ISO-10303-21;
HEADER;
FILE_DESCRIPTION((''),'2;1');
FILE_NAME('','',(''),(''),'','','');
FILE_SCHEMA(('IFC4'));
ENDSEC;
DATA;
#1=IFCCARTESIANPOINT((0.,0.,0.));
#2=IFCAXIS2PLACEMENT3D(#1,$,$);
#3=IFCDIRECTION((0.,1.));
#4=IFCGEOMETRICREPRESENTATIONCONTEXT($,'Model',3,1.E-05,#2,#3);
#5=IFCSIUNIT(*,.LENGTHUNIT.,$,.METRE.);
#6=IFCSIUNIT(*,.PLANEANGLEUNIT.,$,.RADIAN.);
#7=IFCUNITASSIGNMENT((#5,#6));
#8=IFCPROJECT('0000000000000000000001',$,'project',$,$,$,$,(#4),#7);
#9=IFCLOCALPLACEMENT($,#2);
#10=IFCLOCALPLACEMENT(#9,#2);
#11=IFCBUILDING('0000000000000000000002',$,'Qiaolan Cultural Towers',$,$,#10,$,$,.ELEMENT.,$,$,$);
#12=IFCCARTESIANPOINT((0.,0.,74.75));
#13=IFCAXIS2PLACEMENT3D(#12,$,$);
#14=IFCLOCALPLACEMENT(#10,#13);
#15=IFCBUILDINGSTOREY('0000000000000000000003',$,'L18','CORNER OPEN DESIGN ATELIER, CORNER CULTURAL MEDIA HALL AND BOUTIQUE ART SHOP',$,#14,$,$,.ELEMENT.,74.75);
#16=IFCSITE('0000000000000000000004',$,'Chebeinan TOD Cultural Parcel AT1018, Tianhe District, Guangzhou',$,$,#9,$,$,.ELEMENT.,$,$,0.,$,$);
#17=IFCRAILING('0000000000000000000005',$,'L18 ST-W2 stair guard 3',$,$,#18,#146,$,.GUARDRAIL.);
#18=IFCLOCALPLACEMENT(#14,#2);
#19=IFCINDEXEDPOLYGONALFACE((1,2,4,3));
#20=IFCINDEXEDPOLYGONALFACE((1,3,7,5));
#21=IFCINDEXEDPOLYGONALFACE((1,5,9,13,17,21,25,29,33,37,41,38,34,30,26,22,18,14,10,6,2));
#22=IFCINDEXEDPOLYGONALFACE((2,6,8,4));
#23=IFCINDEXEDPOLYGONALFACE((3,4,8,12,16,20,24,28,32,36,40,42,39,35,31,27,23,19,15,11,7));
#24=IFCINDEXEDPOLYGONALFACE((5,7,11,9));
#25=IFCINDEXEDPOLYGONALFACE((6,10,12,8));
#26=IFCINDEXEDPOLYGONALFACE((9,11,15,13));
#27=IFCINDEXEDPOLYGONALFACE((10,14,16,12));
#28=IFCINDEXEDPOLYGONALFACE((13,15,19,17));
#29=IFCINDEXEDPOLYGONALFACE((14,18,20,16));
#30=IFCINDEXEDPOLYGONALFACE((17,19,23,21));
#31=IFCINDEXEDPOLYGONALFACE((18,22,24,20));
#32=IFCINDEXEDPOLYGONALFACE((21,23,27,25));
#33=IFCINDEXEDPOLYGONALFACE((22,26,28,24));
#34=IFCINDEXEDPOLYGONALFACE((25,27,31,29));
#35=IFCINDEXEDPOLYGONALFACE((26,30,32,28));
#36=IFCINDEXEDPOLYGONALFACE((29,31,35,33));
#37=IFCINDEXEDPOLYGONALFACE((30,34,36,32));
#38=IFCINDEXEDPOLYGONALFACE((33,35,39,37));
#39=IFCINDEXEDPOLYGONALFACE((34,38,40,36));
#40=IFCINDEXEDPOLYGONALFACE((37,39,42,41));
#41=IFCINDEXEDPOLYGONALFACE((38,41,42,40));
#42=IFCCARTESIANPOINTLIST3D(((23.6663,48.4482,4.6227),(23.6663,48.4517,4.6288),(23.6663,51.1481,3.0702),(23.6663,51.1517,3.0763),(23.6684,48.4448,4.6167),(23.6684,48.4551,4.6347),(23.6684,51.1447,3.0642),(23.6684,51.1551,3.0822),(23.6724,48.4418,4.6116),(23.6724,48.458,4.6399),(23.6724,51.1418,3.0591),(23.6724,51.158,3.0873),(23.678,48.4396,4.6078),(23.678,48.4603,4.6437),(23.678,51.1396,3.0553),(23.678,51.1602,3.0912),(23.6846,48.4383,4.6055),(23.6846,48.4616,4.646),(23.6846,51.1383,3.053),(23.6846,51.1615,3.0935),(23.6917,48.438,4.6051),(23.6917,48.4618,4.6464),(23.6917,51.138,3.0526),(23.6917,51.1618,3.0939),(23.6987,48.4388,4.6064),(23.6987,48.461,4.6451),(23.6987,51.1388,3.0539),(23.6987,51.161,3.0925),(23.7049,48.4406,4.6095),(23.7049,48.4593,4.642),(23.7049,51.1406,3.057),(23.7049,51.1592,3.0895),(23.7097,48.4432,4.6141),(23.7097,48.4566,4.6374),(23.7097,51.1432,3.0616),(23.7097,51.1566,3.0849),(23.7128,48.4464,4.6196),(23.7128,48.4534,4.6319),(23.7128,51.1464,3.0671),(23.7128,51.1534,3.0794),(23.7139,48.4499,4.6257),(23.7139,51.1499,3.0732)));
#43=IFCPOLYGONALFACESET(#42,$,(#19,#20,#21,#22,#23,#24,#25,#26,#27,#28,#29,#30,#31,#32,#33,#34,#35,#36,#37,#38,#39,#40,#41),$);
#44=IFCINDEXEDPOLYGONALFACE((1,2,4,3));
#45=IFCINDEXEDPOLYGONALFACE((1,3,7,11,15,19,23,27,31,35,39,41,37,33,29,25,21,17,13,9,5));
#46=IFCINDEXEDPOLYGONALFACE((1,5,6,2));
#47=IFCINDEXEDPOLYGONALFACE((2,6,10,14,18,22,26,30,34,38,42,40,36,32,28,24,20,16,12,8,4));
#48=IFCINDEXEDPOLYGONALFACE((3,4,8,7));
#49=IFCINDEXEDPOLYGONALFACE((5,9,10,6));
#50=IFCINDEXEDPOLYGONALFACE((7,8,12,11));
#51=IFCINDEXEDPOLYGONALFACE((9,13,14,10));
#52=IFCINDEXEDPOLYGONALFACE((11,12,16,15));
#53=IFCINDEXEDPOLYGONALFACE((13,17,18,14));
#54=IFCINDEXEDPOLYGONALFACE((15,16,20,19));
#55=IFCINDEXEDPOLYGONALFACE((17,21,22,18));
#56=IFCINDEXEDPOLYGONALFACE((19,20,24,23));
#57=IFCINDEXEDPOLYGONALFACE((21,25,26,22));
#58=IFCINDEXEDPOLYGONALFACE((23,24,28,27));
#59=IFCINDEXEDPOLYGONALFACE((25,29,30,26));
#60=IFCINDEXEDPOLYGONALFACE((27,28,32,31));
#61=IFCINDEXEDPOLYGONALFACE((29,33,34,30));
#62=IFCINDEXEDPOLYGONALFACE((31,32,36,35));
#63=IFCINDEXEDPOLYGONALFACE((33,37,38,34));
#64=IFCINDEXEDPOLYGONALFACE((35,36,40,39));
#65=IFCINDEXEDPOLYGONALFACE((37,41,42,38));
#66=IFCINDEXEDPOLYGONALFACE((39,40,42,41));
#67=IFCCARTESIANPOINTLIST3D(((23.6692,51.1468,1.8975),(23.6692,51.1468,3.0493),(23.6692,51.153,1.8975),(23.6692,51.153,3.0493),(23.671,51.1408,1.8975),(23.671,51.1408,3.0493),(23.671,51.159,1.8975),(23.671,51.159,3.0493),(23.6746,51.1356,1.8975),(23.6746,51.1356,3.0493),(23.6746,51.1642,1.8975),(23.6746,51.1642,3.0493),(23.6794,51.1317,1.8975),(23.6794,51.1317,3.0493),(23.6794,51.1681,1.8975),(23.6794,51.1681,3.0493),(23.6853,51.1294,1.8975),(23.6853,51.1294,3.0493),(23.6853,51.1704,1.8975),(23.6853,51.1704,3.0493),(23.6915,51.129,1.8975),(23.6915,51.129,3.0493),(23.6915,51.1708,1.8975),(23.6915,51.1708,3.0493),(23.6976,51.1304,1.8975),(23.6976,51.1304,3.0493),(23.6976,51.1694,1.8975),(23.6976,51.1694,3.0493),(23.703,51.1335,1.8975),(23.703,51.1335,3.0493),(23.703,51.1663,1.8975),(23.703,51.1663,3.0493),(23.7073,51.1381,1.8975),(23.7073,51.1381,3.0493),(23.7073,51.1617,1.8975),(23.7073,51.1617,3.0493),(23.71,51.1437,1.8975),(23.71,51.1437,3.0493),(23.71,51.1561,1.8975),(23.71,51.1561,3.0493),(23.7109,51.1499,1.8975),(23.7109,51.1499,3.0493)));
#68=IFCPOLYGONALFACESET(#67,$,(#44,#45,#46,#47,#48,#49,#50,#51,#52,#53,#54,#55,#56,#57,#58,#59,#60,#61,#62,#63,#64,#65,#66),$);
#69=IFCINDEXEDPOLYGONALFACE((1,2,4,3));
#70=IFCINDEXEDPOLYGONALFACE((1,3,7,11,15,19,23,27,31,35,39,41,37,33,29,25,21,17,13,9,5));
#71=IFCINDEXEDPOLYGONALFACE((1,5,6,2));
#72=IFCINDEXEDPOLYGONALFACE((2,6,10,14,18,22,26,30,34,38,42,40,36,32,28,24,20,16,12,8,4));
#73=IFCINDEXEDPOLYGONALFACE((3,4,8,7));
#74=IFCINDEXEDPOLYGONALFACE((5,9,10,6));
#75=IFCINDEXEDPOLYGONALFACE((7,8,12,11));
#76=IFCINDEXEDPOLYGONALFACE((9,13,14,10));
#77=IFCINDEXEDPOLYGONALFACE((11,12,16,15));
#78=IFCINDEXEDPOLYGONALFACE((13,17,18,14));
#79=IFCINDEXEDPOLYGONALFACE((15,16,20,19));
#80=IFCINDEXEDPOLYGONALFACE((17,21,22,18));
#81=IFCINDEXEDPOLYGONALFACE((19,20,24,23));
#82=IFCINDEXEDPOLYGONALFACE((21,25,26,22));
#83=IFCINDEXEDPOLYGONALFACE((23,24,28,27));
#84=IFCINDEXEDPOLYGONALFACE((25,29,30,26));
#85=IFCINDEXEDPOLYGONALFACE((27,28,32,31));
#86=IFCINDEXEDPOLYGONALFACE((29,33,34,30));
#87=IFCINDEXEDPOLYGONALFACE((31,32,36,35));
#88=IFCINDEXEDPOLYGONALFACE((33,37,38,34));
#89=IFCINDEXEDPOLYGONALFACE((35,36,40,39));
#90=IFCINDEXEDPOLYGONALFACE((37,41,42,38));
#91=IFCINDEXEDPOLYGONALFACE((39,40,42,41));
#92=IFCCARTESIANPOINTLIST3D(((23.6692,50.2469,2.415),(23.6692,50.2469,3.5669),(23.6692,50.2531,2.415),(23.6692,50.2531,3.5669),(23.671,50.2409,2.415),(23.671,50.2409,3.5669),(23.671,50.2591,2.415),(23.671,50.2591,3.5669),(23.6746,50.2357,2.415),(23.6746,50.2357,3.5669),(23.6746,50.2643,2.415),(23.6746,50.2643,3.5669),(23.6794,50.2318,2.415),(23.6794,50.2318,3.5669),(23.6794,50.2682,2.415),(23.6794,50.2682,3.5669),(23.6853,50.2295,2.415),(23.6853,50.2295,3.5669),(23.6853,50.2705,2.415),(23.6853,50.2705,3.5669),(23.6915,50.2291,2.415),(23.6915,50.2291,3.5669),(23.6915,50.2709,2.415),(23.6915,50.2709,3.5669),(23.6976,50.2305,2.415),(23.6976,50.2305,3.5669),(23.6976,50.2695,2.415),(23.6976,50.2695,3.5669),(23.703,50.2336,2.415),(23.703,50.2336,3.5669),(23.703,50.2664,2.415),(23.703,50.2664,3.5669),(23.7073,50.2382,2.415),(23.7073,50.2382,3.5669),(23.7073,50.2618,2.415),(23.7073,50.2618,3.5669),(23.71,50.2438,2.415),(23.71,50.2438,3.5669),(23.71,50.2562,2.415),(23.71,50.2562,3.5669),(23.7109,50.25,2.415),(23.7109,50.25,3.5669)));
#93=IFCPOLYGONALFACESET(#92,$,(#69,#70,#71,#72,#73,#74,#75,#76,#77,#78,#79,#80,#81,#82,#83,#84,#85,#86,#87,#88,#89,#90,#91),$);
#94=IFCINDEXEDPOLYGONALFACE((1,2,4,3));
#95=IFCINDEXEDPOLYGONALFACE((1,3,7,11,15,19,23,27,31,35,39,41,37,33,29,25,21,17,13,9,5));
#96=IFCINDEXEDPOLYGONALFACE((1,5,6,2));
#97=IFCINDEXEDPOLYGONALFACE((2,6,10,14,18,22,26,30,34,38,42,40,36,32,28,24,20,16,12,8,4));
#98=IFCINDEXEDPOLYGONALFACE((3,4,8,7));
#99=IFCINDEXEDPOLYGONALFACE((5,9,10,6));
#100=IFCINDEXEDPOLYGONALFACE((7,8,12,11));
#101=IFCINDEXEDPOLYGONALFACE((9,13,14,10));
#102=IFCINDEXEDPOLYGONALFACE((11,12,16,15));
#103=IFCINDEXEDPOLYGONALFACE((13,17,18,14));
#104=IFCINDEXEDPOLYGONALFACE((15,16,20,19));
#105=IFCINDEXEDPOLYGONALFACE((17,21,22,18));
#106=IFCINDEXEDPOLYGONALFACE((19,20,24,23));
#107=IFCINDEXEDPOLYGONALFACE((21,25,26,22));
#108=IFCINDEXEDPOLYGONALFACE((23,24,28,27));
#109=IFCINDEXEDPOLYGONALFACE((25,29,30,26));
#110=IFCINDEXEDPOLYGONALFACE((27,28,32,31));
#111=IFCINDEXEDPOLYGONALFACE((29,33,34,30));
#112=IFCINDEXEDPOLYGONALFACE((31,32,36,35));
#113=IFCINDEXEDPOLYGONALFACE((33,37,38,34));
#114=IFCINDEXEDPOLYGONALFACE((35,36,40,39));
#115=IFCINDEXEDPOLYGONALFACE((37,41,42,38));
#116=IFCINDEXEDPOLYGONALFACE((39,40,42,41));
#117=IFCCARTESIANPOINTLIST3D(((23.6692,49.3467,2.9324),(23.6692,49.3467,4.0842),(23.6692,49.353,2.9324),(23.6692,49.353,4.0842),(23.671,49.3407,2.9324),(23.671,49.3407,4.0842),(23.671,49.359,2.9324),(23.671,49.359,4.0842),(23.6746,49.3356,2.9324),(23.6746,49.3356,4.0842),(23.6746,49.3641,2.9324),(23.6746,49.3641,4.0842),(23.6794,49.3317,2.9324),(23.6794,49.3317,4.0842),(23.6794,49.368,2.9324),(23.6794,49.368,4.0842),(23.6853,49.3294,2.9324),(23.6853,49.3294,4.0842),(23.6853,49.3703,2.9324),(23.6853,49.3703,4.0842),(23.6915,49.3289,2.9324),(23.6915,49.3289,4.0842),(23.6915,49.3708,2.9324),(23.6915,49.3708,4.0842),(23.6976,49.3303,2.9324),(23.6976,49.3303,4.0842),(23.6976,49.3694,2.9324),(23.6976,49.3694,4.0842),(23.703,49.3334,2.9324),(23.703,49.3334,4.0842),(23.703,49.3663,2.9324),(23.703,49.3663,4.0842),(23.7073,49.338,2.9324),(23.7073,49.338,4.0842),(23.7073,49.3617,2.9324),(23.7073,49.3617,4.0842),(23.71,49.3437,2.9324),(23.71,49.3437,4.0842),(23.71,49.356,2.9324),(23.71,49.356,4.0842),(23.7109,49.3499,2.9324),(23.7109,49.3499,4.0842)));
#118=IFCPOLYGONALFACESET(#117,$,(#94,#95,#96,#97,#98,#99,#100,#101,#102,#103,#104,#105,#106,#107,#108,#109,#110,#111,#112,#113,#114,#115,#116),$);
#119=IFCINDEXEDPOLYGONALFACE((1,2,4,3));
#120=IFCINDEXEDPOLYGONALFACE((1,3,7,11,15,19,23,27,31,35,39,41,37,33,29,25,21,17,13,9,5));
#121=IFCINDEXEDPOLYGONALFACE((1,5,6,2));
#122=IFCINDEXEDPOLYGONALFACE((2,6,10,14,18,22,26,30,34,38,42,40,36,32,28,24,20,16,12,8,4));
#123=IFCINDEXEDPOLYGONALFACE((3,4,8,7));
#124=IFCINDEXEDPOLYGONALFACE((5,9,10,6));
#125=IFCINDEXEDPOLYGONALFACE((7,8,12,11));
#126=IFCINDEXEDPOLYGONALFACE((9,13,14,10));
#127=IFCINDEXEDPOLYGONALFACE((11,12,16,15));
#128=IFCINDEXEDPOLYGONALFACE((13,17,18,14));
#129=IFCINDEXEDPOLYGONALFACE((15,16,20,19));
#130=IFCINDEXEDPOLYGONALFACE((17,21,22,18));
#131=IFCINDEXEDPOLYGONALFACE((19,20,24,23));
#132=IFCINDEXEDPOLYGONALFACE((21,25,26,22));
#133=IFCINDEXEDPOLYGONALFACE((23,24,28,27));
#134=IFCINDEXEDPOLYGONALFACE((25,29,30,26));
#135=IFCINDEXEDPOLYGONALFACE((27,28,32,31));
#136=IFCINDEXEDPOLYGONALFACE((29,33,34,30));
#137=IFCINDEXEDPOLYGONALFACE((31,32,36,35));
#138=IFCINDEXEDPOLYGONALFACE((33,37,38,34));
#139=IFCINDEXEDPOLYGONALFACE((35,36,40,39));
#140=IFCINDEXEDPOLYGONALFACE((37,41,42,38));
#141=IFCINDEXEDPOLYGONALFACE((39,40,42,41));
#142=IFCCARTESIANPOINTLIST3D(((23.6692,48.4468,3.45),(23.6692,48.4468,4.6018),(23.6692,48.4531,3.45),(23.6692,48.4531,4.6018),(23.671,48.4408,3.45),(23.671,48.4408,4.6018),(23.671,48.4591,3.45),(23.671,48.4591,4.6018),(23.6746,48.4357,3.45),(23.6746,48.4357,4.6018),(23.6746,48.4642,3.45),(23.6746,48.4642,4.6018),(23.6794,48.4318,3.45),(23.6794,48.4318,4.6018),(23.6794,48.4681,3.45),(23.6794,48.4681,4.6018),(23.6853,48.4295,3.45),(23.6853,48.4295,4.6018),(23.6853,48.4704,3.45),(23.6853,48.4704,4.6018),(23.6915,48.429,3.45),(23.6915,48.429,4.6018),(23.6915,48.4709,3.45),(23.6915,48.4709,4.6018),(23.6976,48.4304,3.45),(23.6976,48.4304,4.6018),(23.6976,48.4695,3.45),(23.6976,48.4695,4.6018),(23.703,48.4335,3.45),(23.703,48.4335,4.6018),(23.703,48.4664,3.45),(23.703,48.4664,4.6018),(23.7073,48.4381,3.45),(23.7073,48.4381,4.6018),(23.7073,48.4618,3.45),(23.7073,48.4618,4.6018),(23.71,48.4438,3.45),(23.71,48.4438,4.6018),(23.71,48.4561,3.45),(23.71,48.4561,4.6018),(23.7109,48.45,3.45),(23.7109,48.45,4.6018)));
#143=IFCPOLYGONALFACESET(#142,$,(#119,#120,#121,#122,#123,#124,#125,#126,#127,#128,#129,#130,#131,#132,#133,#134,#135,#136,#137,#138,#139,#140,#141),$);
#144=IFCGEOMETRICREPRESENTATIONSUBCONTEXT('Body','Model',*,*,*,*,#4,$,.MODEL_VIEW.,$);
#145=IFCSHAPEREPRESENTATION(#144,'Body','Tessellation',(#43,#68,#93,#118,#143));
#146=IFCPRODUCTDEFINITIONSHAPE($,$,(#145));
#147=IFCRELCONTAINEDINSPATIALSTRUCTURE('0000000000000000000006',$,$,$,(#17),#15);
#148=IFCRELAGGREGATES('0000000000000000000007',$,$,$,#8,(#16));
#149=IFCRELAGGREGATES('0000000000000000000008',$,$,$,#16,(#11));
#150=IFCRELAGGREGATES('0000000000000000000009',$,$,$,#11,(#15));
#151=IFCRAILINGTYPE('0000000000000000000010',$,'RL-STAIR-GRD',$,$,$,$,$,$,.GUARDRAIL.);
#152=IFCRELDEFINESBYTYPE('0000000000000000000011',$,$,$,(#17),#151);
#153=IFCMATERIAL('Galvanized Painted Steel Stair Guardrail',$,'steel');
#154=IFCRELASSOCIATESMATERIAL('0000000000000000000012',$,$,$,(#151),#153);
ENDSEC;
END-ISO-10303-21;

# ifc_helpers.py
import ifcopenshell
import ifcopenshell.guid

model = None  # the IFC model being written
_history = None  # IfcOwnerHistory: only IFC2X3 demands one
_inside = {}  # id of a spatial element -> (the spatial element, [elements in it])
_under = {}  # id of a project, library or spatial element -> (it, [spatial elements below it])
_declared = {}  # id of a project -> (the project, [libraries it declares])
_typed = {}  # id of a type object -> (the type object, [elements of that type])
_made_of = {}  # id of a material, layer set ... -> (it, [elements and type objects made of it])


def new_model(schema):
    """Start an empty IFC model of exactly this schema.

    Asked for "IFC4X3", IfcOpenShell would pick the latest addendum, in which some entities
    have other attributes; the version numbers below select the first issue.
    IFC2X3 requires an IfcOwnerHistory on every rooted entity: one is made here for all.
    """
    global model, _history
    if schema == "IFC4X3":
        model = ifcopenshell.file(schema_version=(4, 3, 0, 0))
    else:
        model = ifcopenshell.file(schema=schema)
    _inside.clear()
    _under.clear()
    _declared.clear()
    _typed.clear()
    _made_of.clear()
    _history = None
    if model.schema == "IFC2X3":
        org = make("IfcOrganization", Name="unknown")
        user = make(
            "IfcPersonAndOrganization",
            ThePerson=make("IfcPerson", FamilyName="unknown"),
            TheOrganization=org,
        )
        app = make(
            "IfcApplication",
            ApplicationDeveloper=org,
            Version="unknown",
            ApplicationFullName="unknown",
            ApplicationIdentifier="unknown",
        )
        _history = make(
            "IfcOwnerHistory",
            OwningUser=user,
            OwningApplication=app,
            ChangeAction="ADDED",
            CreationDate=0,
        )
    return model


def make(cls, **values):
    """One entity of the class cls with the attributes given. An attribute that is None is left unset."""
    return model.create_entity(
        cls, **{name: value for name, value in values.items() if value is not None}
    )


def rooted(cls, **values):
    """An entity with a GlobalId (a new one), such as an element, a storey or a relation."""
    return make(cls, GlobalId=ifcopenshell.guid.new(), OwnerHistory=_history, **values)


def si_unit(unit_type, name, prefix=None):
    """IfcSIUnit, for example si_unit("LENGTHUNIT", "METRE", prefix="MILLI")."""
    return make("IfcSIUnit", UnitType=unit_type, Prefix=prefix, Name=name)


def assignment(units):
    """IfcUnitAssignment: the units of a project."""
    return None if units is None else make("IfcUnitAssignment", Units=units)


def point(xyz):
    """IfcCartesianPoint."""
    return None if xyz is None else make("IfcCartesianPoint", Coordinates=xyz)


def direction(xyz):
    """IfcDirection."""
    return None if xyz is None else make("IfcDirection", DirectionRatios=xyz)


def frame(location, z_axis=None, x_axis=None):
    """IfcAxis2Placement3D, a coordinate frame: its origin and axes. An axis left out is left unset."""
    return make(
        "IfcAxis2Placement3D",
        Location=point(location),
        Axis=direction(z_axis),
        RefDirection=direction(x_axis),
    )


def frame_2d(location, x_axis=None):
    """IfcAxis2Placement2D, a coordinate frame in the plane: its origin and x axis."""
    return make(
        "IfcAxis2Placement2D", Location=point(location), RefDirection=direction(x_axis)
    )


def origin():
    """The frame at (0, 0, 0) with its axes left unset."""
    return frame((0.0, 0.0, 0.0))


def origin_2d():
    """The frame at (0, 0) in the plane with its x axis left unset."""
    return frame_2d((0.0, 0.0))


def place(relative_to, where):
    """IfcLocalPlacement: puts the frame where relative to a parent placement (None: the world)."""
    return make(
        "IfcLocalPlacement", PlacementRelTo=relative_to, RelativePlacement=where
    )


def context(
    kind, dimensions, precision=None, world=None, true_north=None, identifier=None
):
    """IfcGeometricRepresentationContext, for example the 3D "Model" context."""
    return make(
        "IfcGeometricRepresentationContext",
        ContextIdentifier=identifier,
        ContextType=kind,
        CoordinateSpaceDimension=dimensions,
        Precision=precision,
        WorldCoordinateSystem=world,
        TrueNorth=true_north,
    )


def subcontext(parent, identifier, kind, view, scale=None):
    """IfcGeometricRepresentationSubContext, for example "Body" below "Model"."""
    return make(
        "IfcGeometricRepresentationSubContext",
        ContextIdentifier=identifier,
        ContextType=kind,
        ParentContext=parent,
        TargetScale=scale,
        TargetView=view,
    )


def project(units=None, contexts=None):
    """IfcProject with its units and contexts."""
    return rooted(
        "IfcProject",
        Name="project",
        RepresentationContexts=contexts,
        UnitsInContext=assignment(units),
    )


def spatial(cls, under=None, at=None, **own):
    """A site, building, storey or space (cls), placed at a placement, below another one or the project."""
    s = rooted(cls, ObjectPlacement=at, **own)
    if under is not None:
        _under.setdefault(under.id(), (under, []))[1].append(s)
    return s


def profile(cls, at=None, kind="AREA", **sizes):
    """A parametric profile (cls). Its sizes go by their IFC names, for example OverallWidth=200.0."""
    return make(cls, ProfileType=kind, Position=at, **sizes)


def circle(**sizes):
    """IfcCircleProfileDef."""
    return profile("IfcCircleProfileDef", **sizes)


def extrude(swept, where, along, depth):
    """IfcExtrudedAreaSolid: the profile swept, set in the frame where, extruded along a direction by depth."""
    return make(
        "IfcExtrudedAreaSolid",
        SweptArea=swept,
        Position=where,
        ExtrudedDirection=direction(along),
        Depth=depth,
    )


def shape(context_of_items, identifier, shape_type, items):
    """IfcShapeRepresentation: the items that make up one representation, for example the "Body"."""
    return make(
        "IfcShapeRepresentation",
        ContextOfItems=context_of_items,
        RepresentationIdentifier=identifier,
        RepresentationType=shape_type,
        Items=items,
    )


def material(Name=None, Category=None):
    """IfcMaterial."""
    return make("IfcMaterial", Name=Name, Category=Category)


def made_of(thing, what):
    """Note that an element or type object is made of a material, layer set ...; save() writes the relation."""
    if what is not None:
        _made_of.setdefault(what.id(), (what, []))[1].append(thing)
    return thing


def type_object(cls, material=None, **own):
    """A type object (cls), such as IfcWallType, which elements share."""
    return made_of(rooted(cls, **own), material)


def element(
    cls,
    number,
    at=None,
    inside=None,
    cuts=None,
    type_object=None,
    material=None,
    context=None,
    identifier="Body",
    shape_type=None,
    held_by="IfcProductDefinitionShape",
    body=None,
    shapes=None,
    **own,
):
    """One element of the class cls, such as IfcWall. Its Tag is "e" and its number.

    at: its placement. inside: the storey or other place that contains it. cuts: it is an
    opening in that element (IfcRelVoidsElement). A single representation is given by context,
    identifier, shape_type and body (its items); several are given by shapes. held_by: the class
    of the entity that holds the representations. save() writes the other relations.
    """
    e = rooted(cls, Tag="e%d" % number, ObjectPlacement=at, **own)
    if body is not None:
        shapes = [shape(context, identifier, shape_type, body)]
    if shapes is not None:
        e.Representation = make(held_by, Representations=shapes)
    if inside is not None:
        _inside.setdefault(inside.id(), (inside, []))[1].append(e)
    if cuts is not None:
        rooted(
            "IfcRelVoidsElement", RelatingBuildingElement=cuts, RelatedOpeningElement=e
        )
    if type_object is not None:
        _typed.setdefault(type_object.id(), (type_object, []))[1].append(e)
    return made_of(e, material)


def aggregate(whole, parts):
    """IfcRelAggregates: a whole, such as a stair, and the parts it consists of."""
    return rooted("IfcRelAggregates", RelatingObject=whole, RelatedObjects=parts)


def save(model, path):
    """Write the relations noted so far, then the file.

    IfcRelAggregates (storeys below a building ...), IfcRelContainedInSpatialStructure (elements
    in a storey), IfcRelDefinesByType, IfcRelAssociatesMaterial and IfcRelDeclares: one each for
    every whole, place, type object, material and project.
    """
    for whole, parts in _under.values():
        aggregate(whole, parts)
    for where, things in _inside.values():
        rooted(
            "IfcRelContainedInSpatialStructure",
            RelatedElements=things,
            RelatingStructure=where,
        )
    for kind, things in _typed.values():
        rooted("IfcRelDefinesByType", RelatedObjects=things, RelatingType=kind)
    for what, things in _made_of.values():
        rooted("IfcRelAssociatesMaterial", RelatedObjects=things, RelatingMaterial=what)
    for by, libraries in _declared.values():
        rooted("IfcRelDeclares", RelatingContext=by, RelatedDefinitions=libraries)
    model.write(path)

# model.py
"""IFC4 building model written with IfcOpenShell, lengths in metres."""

from ifc_helpers import new_model, si_unit, direction, frame, origin, origin_2d, place, context, subcontext, project, spatial, circle, extrude, material, type_object, element, save


model = new_model("IFC4")

# Units and contexts
model_context = context("Model", 3, precision=1e-05, world=origin(), true_north=direction((0.0, 1.0)))
body_context = subcontext(model_context, "Body", "Model", "MODEL_VIEW")
ifc_project = project(units=[si_unit("LENGTHUNIT", "METRE"), si_unit("PLANEANGLEUNIT", "RADIAN")], contexts=[model_context])

# Site, building, storey
site_placement = place(None, origin())
site = spatial("IfcSite", under=ifc_project, at=site_placement, Name="Chebeinan TOD Cultural Parcel AT1018, Tianhe District, Guangzhou", CompositionType="ELEMENT", RefElevation=0.0)
building_placement = place(site_placement, origin())
building = spatial("IfcBuilding", under=site, at=building_placement, Name="Qiaolan Cultural Towers", CompositionType="ELEMENT")
storey_placement = place(building_placement, frame((0.0, 0.0, 74.75)))
storey = spatial("IfcBuildingStorey", under=building, at=storey_placement, Name="L18", Description="CORNER OPEN DESIGN ATELIER, CORNER CULTURAL MEDIA HALL AND BOUTIQUE ART SHOP", CompositionType="ELEMENT", Elevation=74.75)

# Railing
ifc_material_1 = material(Name="Galvanized Painted Steel Stair Guardrail", Category="steel")
railing_type_1 = type_object("IfcRailingType", Name="RL-STAIR-GRD", PredefinedType="GUARDRAIL", material=ifc_material_1)
railing_1_placement = place(storey_placement, frame((23.6899, 51.1499, 1.8975)))
element("IfcRailing", 1, at=railing_1_placement, inside=storey, type_object=railing_type_1, Name="L18 ST-W2 stair guard 3", PredefinedType="GUARDRAIL", context=body_context, shape_type="SweptSolid", body=[
    extrude(circle(Radius=0.0239, at=origin_2d()), frame((0.0, 0.0, 1.1758), z_axis=(0.0, -0.866904, 0.498476), x_axis=(1.0, 0.0, 0.0)), (0.0, 0.0, 1.0), 3.1145),
    extrude(circle(Radius=0.021, at=origin_2d()), origin(), (0.0, 0.0, 1.0), 1.1519),
    extrude(circle(Radius=0.021, at=origin_2d()), frame((0.0, -0.8999, 0.5176)), (0.0, 0.0, 1.0), 1.1519),
    extrude(circle(Radius=0.021, at=origin_2d()), frame((0.0, -1.8, 1.0349)), (0.0, 0.0, 1.0), 1.1519),
    extrude(circle(Radius=0.021, at=origin_2d()), frame((0.0, -2.7, 1.5525)), (0.0, 0.0, 1.0), 1.1519),
])

save(model, "model.ifc")
